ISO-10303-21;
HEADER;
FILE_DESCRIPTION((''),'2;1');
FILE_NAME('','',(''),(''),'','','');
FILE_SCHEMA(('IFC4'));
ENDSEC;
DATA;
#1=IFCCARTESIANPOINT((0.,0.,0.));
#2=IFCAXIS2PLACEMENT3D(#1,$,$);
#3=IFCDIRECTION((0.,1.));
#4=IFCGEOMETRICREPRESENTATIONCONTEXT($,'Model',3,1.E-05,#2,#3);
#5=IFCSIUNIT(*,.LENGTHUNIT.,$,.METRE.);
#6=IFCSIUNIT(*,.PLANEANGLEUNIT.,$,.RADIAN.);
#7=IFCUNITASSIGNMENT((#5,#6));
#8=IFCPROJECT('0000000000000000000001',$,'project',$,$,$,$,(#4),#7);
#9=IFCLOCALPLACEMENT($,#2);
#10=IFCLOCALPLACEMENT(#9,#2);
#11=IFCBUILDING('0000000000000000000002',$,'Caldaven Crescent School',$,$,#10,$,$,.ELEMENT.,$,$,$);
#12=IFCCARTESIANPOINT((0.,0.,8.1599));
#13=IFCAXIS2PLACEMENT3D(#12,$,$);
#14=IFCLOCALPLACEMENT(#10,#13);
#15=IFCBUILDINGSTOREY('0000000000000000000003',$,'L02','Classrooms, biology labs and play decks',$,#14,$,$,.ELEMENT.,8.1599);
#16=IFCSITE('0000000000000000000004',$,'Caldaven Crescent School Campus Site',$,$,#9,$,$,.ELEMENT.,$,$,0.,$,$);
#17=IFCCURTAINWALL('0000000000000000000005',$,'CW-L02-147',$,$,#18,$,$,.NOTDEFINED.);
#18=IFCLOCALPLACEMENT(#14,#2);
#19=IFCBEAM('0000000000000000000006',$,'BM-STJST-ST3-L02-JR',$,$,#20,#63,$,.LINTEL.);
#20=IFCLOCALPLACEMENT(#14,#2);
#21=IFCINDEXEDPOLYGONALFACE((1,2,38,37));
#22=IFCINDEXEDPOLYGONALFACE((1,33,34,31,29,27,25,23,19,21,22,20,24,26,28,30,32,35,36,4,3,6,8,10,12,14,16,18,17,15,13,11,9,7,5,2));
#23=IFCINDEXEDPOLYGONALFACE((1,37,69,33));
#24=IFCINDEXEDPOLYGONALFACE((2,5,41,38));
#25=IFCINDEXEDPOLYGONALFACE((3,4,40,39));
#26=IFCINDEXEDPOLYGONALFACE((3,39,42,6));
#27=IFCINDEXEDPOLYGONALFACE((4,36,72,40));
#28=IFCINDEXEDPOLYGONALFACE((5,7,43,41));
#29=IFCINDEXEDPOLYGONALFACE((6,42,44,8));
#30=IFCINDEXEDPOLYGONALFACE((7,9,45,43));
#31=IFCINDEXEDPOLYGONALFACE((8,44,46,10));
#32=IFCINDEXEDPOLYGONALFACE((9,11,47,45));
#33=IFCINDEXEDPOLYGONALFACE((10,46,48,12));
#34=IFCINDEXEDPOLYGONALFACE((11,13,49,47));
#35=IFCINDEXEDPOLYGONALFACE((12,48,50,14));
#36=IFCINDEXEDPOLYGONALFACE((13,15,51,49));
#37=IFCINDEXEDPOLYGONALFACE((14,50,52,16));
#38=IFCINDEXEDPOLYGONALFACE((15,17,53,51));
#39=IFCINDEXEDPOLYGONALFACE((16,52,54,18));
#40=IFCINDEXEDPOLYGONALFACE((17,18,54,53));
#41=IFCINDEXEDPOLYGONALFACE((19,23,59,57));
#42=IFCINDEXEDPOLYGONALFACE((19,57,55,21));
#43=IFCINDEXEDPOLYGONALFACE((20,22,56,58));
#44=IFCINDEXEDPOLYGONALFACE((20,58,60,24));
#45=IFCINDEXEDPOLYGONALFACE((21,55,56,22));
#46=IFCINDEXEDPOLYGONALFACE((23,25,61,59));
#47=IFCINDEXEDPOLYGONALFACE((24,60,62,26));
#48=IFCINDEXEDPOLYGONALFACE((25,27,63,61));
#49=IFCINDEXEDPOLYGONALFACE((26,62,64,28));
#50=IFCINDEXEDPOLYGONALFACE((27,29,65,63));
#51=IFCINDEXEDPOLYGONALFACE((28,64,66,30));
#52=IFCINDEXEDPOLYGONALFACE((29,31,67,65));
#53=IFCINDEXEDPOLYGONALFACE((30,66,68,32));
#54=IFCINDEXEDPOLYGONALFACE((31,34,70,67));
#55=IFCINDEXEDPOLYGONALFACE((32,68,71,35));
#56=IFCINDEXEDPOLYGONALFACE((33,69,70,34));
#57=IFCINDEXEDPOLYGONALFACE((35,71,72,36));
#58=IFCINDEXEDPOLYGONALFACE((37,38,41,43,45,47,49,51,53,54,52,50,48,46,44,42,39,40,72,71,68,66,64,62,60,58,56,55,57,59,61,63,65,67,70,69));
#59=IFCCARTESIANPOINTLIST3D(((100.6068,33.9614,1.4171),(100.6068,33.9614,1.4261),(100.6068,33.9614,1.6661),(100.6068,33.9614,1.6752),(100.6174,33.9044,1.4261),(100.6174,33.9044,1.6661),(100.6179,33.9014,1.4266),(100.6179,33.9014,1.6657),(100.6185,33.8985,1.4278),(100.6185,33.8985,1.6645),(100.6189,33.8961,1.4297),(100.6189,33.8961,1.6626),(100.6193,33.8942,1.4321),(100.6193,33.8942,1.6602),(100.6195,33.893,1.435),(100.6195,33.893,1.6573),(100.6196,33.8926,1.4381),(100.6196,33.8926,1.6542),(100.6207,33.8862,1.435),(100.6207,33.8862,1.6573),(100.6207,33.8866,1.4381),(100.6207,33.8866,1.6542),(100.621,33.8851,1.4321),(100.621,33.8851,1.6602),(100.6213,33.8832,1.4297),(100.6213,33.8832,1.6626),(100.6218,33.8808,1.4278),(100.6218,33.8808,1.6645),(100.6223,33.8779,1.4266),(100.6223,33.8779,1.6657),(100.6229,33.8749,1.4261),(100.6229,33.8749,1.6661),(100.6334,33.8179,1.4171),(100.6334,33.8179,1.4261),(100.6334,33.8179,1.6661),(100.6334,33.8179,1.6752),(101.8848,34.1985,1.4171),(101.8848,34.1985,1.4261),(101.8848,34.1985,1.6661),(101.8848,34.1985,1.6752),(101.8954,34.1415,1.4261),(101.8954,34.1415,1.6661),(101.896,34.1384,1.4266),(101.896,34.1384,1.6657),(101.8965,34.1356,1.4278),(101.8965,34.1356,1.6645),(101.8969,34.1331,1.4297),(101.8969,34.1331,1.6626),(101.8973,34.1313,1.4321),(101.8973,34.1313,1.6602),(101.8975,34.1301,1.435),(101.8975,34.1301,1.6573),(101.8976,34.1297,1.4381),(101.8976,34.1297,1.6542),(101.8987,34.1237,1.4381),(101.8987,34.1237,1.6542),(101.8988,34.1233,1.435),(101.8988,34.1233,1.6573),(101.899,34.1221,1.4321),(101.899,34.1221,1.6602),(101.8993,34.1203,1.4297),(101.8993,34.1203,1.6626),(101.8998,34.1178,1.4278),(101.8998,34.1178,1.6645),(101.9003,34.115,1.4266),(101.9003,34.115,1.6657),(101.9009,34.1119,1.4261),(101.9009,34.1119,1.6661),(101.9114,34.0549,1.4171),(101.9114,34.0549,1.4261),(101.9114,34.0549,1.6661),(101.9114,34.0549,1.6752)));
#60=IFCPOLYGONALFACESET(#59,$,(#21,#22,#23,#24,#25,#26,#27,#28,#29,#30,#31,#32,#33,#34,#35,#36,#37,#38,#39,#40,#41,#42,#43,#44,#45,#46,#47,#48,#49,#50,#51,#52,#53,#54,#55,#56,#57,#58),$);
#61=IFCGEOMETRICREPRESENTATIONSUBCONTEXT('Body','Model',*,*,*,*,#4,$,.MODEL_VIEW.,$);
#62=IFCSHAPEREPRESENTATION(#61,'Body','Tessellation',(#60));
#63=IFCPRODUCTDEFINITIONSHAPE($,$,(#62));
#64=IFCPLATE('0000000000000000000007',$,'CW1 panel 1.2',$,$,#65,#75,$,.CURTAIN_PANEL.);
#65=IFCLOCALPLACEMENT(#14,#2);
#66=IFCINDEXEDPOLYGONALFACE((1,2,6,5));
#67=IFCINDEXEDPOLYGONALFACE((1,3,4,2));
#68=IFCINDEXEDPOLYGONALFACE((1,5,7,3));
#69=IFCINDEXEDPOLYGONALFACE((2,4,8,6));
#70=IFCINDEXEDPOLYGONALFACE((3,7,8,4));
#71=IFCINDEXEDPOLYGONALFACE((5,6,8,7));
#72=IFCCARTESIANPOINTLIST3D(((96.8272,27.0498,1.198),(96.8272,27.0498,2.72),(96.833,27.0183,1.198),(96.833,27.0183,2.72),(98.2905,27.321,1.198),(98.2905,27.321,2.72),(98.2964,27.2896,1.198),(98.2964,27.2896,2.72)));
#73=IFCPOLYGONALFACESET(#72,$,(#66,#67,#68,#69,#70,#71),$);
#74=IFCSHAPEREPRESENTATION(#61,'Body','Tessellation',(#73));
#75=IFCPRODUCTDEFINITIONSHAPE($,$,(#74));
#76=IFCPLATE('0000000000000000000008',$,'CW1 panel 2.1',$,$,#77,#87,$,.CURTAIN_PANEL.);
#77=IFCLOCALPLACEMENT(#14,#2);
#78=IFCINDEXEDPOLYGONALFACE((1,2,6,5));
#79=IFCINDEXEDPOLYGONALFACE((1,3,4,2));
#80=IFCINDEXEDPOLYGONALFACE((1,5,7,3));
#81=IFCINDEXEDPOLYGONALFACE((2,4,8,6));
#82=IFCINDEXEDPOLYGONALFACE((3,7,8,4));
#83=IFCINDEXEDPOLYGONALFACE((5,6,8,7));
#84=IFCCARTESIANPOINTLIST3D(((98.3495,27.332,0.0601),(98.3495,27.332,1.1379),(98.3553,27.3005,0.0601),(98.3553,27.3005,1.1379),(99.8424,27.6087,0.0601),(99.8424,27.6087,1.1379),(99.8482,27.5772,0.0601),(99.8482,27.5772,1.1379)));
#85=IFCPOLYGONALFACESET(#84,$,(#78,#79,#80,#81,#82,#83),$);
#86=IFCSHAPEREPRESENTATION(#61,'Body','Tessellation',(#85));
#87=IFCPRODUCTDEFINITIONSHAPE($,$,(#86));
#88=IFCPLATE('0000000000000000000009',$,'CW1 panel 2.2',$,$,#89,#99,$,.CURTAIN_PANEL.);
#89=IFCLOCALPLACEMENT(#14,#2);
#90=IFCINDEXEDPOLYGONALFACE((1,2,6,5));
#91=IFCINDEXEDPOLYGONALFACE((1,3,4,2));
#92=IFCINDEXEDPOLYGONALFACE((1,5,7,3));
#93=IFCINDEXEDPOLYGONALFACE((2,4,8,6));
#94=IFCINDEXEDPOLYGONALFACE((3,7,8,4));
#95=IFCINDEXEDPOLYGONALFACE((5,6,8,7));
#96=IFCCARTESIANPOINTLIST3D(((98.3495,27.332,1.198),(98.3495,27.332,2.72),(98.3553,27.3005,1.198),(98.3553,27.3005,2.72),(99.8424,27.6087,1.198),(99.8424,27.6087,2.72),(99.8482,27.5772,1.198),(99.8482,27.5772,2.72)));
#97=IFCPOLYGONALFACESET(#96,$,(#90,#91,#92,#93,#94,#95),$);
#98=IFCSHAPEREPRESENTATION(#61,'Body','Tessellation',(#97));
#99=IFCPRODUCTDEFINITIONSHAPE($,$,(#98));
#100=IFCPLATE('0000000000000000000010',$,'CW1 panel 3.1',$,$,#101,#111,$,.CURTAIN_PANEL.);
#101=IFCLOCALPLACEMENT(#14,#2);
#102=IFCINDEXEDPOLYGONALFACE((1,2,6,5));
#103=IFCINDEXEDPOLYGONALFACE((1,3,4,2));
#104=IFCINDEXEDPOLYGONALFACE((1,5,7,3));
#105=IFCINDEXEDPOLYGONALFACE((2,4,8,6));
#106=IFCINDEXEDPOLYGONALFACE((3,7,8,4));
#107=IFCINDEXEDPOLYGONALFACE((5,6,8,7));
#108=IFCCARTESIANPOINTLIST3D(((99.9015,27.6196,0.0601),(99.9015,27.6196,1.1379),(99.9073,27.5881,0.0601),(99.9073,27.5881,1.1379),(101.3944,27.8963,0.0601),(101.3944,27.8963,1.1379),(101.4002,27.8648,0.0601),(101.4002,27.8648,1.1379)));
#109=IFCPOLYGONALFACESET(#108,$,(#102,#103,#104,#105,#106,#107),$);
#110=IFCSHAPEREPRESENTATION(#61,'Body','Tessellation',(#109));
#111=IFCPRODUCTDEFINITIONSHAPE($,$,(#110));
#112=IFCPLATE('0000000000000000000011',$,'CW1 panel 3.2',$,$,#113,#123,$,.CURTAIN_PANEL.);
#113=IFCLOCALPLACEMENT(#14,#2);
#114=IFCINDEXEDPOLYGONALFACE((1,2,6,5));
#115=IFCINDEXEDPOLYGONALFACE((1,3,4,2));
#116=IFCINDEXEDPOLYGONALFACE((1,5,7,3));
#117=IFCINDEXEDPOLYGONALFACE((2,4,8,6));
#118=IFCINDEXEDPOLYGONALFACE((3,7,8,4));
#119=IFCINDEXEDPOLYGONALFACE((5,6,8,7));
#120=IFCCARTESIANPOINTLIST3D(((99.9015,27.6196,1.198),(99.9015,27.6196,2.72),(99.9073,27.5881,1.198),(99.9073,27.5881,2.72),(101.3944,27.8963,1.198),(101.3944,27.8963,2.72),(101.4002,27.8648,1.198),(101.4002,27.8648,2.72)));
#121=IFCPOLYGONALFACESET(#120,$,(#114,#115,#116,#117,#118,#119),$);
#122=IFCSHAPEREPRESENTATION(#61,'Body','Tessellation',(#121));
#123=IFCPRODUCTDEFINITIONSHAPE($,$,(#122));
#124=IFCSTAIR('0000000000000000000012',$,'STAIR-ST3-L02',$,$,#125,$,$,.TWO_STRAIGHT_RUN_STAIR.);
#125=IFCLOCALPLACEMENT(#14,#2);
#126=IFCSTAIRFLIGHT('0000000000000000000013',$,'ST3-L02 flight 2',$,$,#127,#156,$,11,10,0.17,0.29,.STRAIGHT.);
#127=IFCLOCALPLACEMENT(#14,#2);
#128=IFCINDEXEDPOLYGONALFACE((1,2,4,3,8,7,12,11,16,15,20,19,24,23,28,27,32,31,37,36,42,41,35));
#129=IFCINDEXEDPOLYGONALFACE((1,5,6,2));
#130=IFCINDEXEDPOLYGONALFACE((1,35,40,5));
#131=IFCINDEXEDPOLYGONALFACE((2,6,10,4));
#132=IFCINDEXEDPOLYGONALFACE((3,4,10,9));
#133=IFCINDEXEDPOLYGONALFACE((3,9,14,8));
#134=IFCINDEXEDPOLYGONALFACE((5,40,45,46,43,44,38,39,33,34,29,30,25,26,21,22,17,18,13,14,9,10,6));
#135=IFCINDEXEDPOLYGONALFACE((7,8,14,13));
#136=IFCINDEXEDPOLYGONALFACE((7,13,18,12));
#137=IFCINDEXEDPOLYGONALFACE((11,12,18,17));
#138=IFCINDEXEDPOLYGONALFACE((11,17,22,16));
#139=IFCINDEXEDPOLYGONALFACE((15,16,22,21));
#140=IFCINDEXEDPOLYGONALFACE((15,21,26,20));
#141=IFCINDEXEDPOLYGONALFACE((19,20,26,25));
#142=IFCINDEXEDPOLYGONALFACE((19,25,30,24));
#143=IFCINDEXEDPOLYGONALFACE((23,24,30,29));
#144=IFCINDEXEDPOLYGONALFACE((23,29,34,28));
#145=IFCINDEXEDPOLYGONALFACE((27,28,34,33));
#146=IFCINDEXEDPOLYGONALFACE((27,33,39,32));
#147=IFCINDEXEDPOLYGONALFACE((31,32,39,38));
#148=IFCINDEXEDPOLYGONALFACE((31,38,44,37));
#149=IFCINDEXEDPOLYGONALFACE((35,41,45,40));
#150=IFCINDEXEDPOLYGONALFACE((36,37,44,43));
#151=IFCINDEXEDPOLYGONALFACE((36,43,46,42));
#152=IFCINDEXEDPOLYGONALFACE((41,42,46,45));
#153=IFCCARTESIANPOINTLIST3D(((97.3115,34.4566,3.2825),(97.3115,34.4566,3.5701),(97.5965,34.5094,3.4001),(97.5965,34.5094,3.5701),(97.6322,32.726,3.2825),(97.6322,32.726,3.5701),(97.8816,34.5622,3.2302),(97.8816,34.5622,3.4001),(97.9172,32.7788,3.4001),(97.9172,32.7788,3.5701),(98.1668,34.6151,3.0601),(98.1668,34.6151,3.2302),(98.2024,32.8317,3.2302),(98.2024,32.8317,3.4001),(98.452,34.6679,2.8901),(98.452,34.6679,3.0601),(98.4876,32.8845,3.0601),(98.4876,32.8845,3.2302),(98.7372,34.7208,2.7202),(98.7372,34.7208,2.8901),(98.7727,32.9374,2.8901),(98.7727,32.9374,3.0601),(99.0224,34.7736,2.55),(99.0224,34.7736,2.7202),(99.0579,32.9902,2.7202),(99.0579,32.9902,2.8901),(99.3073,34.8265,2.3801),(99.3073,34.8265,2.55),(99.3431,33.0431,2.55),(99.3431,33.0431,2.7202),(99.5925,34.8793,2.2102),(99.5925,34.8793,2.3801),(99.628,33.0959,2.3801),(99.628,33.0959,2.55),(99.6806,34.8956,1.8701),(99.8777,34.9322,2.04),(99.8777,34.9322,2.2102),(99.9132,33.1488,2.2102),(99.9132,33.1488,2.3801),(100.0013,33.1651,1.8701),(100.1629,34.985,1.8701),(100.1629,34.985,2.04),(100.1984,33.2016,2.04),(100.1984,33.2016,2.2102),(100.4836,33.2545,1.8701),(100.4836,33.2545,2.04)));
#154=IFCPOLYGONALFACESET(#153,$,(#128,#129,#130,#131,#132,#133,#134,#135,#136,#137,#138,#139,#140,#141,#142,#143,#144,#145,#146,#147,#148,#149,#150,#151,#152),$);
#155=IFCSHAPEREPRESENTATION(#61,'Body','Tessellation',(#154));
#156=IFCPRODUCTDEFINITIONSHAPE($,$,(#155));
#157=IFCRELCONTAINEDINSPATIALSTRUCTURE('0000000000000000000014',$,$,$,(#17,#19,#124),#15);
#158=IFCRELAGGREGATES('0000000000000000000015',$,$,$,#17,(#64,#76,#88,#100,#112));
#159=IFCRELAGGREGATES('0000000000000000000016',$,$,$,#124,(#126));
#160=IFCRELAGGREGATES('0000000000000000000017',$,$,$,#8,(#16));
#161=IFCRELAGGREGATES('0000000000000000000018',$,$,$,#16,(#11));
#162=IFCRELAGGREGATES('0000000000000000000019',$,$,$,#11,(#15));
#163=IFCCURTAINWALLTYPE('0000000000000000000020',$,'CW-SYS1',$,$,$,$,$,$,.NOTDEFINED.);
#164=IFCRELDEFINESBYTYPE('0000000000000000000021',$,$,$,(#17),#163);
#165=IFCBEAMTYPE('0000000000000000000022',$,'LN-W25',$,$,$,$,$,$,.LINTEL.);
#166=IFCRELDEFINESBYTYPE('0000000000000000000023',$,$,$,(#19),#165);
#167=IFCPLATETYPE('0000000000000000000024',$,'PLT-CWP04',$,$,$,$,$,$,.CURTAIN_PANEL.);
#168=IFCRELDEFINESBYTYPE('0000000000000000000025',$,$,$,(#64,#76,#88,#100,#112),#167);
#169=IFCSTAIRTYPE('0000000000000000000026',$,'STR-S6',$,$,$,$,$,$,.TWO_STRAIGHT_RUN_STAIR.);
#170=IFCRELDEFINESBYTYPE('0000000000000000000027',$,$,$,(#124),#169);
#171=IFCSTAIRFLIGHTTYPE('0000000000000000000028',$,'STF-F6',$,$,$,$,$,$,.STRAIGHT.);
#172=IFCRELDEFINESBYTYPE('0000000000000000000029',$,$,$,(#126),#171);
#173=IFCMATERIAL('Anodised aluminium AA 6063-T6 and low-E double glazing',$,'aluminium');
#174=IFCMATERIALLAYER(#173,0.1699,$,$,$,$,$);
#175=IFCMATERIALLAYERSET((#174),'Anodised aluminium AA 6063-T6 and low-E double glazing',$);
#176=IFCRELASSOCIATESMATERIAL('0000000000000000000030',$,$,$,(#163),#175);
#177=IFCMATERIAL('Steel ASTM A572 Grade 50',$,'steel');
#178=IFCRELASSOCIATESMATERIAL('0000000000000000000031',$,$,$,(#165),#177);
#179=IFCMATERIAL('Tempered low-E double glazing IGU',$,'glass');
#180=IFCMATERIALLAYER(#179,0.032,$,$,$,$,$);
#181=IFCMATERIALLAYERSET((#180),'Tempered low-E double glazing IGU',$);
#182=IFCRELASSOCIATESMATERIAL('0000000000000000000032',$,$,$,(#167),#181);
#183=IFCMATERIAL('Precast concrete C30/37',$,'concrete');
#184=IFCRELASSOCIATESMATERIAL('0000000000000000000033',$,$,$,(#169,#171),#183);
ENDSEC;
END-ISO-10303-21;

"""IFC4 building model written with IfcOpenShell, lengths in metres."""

from ifc_helpers import new_model, si_unit, direction, frame, origin, origin_2d, place, context, subcontext, project, spatial, polyline, rectangle, i_section, outline, extrude, material, layer, layer_set, material_profile, profile_set, type_object, element, aggregate, save


model = new_model("IFC4")

# Units and contexts
model_context = context("Model", 3, precision=1e-05, world=origin(), true_north=direction((0.0, 1.0)))
body_context = subcontext(model_context, "Body", "Model", "MODEL_VIEW")
ifc_project = project(units=[si_unit("LENGTHUNIT", "METRE"), si_unit("PLANEANGLEUNIT", "RADIAN")], contexts=[model_context])

# Site, building, storey
site_placement = place(None, origin())
site = spatial("IfcSite", under=ifc_project, at=site_placement, Name="Caldaven Crescent School Campus Site", CompositionType="ELEMENT", RefElevation=0.0)
building_placement = place(site_placement, origin())
building = spatial("IfcBuilding", under=site, at=building_placement, Name="Caldaven Crescent School", CompositionType="ELEMENT")
storey_placement = place(building_placement, frame((0.0, 0.0, 8.1599)))
storey = spatial("IfcBuildingStorey", under=building, at=storey_placement, Name="L02", Description="Classrooms, biology labs and play decks", CompositionType="ELEMENT", Elevation=8.1599)

# Shared definitions
ifc_material_1 = material(Name="Steel ASTM A572 Grade 50", Category="steel")

# Curtain wall
ifc_material_2 = material(Name="Anodised aluminium AA 6063-T6 and low-E double glazing", Category="aluminium")
ifc_layer_1 = layer(ifc_material_2, 0.1699)
ifc_layer_set_1 = layer_set([ifc_layer_1], Name="Anodised aluminium AA 6063-T6 and low-E double glazing")
curtain_wall_type = type_object("IfcCurtainWallType", Name="CW-SYS1", PredefinedType="NOTDEFINED", material=ifc_layer_set_1)
curtain_wall_placement = place(storey_placement, origin())
curtain_wall = element("IfcCurtainWall", 1, at=curtain_wall_placement, inside=storey, type_object=curtain_wall_type, Name="CW-L02-147", PredefinedType="NOTDEFINED")

# Beam
ifc_material_profile_1 = material_profile(ifc_material_1, i_section(OverallWidth=0.146, OverallDepth=0.2581, WebThickness=0.0061, FlangeThickness=0.009, FilletRadius=0.012, at=origin_2d()), Name="W250x33")
ifc_profile_set_1 = profile_set([ifc_material_profile_1], Name="Steel ASTM A572 Grade 50")
beam_type_1 = type_object("IfcBeamType", Name="LN-W25", PredefinedType="LINTEL", material=ifc_profile_set_1)
beam_1_placement = place(storey_placement, frame((100.6201, 33.8896, 1.5461), z_axis=(0.98323, 0.182372, 0.0), x_axis=(-0.182372, 0.98323, 0.0)))
element("IfcBeam", 2, at=beam_1_placement, inside=storey, type_object=beam_type_1, Name="BM-STJST-ST3-L02-JR", PredefinedType="LINTEL", context=body_context, shape_type="SweptSolid", body=[
    extrude(i_section(OverallWidth=0.146, OverallDepth=0.2581, WebThickness=0.0061, FlangeThickness=0.009, FilletRadius=0.012, at=origin_2d()), origin(), (0.0, 0.0, 1.0), 1.2998),
])

# Plates
ifc_material_3 = material(Name="Tempered low-E double glazing IGU", Category="glass")
ifc_layer_2 = layer(ifc_material_3, 0.032)
ifc_layer_set_2 = layer_set([ifc_layer_2], Name="Tempered low-E double glazing IGU")
plate_type = type_object("IfcPlateType", Name="PLT-CWP04", PredefinedType="CURTAIN_PANEL", material=ifc_layer_set_2)
plate_1_placement = place(storey_placement, frame((97.5618, 27.1697, 1.198), z_axis=(0.0, 0.0, 1.0), x_axis=(0.983255, 0.182235, 0.0)))
plate_1 = element("IfcPlate", 3, at=plate_1_placement, type_object=plate_type, Name="CW1 panel 1.2", PredefinedType="CURTAIN_PANEL", context=body_context, shape_type="SweptSolid", body=[
    extrude(rectangle(XDim=1.4883, YDim=0.032, at=origin_2d()), origin(), (0.0, 0.0, 1.0), 1.522),
])
plate_2_placement = place(storey_placement, frame((99.0989, 27.4546, 0.0601), z_axis=(0.0, 0.0, 1.0), x_axis=(0.983255, 0.182235, 0.0)))
plate_2 = element("IfcPlate", 4, at=plate_2_placement, type_object=plate_type, Name="CW1 panel 2.1", PredefinedType="CURTAIN_PANEL", context=body_context, shape_type="SweptSolid", body=[
    extrude(rectangle(XDim=1.5183, YDim=0.032, at=origin_2d()), origin(), (0.0, 0.0, 1.0), 1.0779),
])
plate_3_placement = place(storey_placement, frame((99.0989, 27.4546, 1.198), z_axis=(0.0, 0.0, 1.0), x_axis=(0.983255, 0.182235, 0.0)))
plate_3 = element("IfcPlate", 5, at=plate_3_placement, type_object=plate_type, Name="CW1 panel 2.2", PredefinedType="CURTAIN_PANEL", context=body_context, shape_type="SweptSolid", body=[
    extrude(rectangle(XDim=1.5183, YDim=0.032, at=origin_2d()), origin(), (0.0, 0.0, 1.0), 1.522),
])
plate_4_placement = place(storey_placement, frame((100.6509, 27.7422, 0.0601), z_axis=(0.0, 0.0, 1.0), x_axis=(0.983255, 0.182235, 0.0)))
plate_4 = element("IfcPlate", 6, at=plate_4_placement, type_object=plate_type, Name="CW1 panel 3.1", PredefinedType="CURTAIN_PANEL", context=body_context, shape_type="SweptSolid", body=[
    extrude(rectangle(XDim=1.5183, YDim=0.032, at=origin_2d()), origin(), (0.0, 0.0, 1.0), 1.0779),
])
plate_5_placement = place(storey_placement, frame((100.6509, 27.7422, 1.198), z_axis=(0.0, 0.0, 1.0), x_axis=(0.983255, 0.182235, 0.0)))
plate_5 = element("IfcPlate", 7, at=plate_5_placement, type_object=plate_type, Name="CW1 panel 3.2", PredefinedType="CURTAIN_PANEL", context=body_context, shape_type="SweptSolid", body=[
    extrude(rectangle(XDim=1.5183, YDim=0.032, at=origin_2d()), origin(), (0.0, 0.0, 1.0), 1.522),
])
aggregate(curtain_wall, [plate_1, plate_2, plate_3, plate_4, plate_5])

# Stair, stair flight
ifc_material_4 = material(Name="Precast concrete C30/37", Category="concrete")
stair_type = type_object("IfcStairType", Name="STR-S6", PredefinedType="TWO_STRAIGHT_RUN_STAIR", material=ifc_material_4)
stair_placement = place(storey_placement, origin())
stair = element("IfcStair", 8, at=stair_placement, inside=storey, type_object=stair_type, Name="STAIR-ST3-L02", PredefinedType="TWO_STRAIGHT_RUN_STAIR")
stair_flight_type = type_object("IfcStairFlightType", Name="STF-F6", PredefinedType="STRAIGHT", material=ifc_material_4)
stair_flight_placement = place(storey_placement, frame((100.3232, 34.1196, 1.8701), z_axis=(0.0, 0.0, 1.0), x_axis=(-0.983255, -0.182236, 0.0)))
stair_flight = element("IfcStairFlight", 9, at=stair_flight_placement, type_object=stair_flight_type, Name="ST3-L02 flight 2", NumberOfRisers=11, NumberOfTreads=10, PredefinedType="STRAIGHT", RiserHeight=0.17, TreadLength=0.29, context=body_context, shape_type="SweptSolid", body=[
    extrude(outline(polyline([(0.0, 0.0), (0.0, 0.1699), (0.29, 0.1699), (0.29, 0.3401), (0.5801, 0.3401), (0.5801, 0.51), (0.8701, 0.51), (0.8701, 0.6799), (1.1599, 0.6799), (1.1599, 0.8501), (1.45, 0.8501), (1.45, 1.02), (1.74, 1.02), (1.74, 1.1899), (2.03, 1.1899), (2.03, 1.3601), (2.3201, 1.3601), (2.3201, 1.53), (2.6101, 1.53), (2.6101, 1.7), (2.8999, 1.7), (2.8999, 1.8701), (2.8999, 1.4124), (0.4905, 0.0), (0.0, 0.0)])), frame((0.0, 0.8799, 0.0), z_axis=(0.0, -1.0, 0.0), x_axis=(1.0, 0.0, 0.0)), (0.0, 0.0, 1.0), 1.76),
])
aggregate(stair, [stair_flight])

save(model, "model.ifc")
